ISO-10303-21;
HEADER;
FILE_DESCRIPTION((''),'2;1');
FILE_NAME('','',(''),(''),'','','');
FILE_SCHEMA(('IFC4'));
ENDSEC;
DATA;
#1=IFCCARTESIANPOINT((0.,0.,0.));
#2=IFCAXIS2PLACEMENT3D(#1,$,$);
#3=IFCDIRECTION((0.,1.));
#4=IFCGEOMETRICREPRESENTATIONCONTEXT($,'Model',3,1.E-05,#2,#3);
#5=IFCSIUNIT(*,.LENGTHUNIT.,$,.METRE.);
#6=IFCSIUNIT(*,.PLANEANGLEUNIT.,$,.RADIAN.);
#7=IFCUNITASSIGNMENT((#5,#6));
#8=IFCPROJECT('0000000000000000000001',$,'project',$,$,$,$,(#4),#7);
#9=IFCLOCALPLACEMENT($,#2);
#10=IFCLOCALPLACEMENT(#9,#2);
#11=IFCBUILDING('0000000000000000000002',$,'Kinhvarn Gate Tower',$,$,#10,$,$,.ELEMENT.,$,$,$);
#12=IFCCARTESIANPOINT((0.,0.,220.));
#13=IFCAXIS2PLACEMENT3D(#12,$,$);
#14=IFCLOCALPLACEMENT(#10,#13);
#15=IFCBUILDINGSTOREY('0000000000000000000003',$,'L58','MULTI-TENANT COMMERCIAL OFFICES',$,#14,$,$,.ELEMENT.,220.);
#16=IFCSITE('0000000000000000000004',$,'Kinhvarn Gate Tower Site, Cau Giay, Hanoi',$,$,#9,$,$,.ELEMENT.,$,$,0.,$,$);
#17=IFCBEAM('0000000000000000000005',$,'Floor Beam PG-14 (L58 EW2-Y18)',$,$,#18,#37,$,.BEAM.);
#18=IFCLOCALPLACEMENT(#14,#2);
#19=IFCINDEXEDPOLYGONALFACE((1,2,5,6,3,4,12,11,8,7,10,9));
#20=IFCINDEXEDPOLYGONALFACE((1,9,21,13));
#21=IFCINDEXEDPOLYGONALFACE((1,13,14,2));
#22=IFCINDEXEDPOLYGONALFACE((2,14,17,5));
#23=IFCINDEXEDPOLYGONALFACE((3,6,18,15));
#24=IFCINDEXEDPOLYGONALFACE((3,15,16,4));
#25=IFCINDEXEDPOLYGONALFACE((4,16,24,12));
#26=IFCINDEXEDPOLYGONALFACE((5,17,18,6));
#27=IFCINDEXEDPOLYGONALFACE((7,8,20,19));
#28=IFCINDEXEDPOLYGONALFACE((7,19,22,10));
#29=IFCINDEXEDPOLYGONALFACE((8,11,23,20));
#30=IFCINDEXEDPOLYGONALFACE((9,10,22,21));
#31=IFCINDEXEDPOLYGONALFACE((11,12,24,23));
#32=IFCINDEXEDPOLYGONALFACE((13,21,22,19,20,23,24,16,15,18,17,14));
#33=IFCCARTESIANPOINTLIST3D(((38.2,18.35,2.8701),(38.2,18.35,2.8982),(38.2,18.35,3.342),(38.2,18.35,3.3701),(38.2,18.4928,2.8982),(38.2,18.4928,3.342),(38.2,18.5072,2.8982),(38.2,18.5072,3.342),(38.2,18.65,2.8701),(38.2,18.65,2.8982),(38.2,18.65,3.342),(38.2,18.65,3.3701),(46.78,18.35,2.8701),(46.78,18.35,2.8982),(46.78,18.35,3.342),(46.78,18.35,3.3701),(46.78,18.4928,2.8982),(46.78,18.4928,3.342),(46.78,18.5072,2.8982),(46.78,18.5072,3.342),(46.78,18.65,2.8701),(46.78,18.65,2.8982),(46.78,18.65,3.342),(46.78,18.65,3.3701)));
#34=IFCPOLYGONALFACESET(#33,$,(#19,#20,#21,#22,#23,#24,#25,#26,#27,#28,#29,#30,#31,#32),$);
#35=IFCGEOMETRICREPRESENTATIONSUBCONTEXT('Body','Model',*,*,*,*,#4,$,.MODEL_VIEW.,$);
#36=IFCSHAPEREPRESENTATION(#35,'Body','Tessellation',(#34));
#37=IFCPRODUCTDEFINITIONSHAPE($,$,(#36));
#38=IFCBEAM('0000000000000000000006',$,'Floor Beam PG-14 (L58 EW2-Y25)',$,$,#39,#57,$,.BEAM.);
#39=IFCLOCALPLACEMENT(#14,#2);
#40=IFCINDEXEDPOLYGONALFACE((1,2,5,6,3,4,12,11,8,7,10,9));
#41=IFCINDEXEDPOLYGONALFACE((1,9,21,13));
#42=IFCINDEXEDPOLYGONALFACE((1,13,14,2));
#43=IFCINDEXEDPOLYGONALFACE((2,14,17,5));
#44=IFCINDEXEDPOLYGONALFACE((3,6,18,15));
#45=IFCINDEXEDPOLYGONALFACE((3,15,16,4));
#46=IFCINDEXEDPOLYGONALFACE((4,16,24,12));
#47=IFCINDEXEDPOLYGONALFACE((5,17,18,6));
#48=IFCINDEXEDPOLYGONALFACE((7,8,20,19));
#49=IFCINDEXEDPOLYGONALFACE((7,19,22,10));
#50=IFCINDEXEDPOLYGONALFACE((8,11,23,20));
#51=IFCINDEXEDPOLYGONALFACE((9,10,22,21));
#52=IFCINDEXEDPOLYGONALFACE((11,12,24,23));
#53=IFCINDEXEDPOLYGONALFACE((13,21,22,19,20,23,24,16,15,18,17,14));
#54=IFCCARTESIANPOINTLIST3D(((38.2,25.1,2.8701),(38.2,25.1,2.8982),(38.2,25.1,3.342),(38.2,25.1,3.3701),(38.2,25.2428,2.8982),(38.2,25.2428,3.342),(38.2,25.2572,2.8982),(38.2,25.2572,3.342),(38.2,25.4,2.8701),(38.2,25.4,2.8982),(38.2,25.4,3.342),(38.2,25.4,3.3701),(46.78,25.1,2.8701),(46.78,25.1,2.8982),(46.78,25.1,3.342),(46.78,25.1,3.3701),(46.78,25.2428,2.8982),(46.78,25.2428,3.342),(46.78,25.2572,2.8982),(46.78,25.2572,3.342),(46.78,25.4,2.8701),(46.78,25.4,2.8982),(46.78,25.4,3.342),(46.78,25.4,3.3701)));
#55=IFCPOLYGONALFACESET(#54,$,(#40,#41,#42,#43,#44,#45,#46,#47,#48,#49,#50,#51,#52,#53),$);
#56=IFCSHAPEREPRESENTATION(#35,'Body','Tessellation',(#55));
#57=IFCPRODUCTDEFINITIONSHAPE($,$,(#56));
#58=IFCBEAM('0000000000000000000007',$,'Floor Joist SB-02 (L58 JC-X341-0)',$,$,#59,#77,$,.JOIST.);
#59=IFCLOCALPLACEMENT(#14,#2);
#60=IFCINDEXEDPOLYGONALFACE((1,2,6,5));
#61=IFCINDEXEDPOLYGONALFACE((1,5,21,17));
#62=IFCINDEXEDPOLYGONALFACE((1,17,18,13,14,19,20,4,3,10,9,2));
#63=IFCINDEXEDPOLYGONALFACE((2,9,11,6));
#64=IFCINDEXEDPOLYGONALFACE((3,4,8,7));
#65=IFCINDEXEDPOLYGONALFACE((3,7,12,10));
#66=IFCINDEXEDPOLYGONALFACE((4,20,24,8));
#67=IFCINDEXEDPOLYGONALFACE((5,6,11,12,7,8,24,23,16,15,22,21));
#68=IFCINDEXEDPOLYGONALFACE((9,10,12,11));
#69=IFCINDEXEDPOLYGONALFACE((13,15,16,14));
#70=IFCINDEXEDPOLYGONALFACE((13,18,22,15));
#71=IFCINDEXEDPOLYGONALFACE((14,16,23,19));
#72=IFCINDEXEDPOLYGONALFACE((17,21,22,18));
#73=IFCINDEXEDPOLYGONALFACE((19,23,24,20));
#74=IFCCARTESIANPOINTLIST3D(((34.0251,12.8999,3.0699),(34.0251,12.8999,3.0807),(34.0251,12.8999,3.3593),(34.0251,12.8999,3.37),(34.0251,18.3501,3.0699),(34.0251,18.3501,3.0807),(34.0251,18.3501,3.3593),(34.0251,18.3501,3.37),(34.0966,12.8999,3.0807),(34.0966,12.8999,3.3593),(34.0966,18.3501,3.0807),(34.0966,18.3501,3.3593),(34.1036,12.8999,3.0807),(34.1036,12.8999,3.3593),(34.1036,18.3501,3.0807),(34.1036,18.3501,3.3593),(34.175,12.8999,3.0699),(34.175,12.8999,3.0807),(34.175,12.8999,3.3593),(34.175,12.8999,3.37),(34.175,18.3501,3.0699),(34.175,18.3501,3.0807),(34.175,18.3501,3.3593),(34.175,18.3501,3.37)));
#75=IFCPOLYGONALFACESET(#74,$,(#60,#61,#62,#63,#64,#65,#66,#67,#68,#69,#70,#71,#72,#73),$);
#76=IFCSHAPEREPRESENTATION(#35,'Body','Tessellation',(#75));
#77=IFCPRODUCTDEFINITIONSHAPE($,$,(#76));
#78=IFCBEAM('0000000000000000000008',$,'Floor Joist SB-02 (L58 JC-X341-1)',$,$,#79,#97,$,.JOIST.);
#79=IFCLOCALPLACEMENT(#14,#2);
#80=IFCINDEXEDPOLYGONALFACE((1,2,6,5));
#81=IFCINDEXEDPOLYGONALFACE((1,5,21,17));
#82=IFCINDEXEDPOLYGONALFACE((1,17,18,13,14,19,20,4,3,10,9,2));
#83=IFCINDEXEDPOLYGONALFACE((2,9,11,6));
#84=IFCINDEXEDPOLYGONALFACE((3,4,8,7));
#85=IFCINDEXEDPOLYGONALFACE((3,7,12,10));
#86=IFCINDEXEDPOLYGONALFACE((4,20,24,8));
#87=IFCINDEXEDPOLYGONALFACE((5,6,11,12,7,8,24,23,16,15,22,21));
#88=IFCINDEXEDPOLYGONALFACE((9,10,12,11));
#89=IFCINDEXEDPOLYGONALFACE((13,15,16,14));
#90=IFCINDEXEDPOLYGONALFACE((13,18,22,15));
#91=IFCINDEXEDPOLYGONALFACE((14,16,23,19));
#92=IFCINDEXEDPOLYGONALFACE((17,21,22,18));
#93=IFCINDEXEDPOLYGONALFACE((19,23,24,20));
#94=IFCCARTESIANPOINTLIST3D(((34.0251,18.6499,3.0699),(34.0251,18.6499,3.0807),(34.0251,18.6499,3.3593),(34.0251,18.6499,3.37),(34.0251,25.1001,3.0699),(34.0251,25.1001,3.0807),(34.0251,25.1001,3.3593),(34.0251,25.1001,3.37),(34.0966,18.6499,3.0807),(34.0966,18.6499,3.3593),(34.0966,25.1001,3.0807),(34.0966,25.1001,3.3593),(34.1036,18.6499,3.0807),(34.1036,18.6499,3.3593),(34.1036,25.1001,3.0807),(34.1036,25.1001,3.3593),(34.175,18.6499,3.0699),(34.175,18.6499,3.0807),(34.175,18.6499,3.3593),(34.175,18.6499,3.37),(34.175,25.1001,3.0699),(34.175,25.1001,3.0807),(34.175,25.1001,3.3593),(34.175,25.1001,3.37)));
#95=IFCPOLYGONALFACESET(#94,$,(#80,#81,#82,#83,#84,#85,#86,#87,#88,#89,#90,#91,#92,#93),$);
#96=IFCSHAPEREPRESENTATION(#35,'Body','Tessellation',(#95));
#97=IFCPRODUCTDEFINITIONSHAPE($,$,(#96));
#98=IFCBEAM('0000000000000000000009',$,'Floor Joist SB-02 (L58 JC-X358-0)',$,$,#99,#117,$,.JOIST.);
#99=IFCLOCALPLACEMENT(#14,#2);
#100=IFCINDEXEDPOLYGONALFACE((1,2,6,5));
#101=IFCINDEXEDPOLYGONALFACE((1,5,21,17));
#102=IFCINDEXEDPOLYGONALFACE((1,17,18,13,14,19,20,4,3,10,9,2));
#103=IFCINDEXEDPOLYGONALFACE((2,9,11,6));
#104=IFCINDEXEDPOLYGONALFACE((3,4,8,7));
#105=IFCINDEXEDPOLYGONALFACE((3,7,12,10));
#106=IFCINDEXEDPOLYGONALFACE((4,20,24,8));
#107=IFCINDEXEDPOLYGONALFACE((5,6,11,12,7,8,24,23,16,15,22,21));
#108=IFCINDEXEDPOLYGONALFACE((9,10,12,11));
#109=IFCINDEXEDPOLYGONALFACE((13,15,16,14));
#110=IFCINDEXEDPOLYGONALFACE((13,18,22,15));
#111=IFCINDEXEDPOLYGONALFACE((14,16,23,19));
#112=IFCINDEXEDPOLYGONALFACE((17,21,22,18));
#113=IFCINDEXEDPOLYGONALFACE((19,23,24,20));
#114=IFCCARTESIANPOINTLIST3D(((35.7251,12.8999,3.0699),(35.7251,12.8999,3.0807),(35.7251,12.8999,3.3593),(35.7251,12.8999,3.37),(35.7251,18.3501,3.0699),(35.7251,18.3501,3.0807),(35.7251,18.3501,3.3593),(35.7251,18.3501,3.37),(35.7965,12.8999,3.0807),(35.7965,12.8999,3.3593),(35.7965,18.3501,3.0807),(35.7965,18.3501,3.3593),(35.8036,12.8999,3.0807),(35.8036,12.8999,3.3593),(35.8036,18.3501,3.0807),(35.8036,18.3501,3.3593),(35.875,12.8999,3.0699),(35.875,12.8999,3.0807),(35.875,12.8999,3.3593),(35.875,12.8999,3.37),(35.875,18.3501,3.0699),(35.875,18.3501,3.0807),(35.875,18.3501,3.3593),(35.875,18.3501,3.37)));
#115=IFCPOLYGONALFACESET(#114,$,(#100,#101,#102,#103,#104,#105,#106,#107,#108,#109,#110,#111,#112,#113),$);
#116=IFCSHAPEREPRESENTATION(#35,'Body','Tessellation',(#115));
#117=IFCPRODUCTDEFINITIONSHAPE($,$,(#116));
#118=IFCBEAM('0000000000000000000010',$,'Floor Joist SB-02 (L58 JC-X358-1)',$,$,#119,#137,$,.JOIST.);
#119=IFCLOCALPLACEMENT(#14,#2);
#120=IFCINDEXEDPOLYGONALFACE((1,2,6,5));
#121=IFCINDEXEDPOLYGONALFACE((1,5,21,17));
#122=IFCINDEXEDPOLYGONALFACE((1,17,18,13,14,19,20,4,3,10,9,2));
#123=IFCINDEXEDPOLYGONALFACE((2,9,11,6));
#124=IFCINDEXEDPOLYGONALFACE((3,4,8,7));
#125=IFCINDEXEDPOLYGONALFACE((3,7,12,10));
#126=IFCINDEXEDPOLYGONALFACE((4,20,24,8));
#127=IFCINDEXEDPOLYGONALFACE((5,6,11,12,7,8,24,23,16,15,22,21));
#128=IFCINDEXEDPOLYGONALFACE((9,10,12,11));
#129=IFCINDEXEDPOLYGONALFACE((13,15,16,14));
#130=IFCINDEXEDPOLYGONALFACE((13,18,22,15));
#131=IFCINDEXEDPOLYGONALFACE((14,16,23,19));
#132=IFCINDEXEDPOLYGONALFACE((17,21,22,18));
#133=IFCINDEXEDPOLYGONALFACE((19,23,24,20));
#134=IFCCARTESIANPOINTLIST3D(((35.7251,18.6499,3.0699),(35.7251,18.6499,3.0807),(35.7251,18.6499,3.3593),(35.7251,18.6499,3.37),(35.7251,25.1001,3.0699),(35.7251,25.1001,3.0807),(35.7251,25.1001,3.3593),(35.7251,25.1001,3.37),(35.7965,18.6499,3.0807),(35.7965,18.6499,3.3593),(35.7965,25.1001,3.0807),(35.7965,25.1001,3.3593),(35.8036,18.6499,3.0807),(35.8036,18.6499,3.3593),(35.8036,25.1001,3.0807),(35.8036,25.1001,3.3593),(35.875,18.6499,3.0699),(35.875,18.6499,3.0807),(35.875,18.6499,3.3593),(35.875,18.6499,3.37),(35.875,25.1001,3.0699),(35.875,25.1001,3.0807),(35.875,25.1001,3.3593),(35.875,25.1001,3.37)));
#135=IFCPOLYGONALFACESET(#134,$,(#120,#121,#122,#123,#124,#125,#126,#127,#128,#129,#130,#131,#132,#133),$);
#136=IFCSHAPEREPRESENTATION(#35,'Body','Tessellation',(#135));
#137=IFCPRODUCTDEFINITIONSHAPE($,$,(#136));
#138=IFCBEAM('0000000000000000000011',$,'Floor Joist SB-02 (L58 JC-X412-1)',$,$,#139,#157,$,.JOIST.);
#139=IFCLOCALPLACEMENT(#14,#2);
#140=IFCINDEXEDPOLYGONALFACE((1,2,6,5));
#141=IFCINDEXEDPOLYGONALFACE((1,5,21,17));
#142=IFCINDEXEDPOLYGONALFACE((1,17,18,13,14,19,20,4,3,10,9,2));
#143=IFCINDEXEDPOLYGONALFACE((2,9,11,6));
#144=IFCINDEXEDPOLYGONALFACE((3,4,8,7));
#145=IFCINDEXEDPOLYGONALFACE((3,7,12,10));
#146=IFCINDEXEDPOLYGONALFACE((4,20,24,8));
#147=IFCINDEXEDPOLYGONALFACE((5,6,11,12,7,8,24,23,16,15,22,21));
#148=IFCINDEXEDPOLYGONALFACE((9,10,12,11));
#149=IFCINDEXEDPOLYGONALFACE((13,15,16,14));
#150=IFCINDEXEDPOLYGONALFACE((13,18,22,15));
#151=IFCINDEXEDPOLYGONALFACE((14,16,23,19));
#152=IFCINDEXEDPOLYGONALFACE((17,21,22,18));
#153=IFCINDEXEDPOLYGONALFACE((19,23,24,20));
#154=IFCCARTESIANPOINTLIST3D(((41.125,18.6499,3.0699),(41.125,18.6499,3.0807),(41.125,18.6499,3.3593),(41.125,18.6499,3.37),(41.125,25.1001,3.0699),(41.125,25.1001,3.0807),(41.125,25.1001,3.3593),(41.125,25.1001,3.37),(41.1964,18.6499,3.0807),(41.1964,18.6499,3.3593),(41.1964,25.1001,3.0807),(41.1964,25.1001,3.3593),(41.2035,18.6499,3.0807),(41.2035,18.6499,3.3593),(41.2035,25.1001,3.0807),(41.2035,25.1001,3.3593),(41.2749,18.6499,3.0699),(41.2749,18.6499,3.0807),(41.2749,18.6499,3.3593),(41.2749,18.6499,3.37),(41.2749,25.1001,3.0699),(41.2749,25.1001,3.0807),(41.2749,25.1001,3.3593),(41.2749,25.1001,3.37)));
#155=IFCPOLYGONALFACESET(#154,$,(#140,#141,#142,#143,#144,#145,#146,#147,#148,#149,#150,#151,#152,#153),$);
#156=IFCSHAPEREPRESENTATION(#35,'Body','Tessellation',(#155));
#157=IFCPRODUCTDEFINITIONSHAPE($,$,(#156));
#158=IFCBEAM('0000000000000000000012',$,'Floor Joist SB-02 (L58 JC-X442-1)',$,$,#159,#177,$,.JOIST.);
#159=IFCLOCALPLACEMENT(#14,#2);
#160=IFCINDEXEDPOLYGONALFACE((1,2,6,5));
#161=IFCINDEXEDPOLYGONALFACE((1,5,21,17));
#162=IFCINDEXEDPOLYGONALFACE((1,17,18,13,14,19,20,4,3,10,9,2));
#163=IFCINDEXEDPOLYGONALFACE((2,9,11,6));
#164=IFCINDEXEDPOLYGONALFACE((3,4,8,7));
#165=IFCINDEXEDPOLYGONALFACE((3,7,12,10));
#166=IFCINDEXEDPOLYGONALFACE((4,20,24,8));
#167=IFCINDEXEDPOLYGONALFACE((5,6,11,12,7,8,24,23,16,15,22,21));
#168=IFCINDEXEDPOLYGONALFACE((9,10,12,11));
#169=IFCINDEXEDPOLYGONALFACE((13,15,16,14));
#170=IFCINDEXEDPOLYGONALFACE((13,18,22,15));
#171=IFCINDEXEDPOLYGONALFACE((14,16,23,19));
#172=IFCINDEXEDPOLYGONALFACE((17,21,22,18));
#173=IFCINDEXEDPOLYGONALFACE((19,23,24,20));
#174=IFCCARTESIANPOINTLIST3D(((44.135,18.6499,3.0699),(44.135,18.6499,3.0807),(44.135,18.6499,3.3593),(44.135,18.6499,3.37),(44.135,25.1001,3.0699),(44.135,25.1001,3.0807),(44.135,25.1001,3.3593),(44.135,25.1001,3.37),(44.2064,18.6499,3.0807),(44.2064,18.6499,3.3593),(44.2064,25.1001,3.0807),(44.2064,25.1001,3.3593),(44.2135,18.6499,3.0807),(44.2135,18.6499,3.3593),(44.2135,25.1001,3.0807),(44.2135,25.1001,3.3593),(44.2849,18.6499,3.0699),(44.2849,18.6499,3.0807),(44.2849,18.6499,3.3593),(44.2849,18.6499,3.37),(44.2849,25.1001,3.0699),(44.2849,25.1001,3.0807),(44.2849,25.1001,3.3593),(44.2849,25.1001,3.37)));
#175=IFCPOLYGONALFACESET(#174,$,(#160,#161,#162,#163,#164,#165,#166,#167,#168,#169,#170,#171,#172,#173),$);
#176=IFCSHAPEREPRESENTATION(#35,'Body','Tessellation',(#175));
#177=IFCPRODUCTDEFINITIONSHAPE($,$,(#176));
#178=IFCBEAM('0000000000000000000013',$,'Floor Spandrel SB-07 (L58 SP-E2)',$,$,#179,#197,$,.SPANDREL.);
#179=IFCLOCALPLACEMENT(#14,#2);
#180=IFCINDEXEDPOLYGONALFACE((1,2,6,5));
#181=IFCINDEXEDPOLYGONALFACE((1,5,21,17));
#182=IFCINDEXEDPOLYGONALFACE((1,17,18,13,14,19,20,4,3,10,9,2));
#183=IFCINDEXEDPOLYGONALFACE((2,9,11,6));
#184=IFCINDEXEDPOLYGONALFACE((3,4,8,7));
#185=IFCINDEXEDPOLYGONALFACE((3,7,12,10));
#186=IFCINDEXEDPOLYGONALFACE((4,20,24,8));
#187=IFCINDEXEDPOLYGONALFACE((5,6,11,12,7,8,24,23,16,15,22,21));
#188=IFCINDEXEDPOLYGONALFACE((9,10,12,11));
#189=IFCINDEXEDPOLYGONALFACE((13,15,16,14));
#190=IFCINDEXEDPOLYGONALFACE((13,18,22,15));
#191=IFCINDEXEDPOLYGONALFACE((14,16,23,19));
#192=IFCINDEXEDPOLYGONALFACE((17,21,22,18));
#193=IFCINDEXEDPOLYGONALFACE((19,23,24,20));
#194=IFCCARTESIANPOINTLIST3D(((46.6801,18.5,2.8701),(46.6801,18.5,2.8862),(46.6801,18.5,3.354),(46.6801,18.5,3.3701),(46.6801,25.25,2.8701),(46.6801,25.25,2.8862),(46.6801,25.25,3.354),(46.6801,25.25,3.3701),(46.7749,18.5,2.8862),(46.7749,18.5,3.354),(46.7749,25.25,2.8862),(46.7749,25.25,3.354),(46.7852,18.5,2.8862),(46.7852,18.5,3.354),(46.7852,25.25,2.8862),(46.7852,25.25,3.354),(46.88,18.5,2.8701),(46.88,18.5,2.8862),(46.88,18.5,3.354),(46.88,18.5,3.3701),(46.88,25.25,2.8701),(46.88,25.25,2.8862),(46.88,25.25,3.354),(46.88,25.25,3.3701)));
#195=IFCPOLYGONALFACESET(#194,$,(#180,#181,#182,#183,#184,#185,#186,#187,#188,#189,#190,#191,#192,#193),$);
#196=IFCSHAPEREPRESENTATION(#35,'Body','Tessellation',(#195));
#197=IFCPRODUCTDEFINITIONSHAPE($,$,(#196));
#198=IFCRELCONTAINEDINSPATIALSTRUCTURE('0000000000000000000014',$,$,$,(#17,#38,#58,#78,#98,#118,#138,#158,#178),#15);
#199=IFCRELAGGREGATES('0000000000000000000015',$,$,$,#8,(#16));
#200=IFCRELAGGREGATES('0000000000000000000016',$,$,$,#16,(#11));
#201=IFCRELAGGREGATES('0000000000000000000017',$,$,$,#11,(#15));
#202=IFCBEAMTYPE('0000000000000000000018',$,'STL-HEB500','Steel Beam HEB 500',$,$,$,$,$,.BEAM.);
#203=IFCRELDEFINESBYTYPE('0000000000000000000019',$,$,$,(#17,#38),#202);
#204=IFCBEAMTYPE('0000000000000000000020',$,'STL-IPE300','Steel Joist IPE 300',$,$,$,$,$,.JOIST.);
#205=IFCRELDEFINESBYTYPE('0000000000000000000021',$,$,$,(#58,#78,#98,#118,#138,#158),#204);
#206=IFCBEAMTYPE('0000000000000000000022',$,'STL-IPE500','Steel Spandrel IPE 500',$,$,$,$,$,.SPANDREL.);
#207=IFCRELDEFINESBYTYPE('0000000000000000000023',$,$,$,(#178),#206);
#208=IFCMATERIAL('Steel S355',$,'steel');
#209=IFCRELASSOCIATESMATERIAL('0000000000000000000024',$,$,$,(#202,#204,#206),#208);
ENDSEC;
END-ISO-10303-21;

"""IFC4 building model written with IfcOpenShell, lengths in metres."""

from ifc_helpers import new_model, si_unit, direction, frame, origin, origin_2d, place, context, subcontext, project, spatial, i_section, extrude, material, material_profile, profile_set, type_object, element, save


model = new_model("IFC4")

# Units and contexts
model_context = context("Model", 3, precision=1e-05, world=origin(), true_north=direction((0.0, 1.0)))
body_context = subcontext(model_context, "Body", "Model", "MODEL_VIEW")
ifc_project = project(units=[si_unit("LENGTHUNIT", "METRE"), si_unit("PLANEANGLEUNIT", "RADIAN")], contexts=[model_context])

# Site, building, storey
site_placement = place(None, origin())
site = spatial("IfcSite", under=ifc_project, at=site_placement, Name="Kinhvarn Gate Tower Site, Cau Giay, Hanoi", CompositionType="ELEMENT", RefElevation=0.0)
building_placement = place(site_placement, origin())
building = spatial("IfcBuilding", under=site, at=building_placement, Name="Kinhvarn Gate Tower", CompositionType="ELEMENT")
storey_placement = place(building_placement, frame((0.0, 0.0, 220.0)))
storey = spatial("IfcBuildingStorey", under=building, at=storey_placement, Name="L58", Description="MULTI-TENANT COMMERCIAL OFFICES", CompositionType="ELEMENT", Elevation=220.0)

# Beams
ifc_material_1 = material(Name="Steel S355", Category="steel")
ifc_material_profile_1 = material_profile(ifc_material_1, i_section(OverallWidth=0.3, OverallDepth=0.5, WebThickness=0.0144, FlangeThickness=0.0281, at=origin_2d()), Name="HEB 500")
ifc_profile_set_1 = profile_set([ifc_material_profile_1], Name="Steel S355")
beam_type_1 = type_object("IfcBeamType", Name="STL-HEB500", Description="Steel Beam HEB 500", PredefinedType="BEAM", material=ifc_profile_set_1)
for number, where, z_axis, x_axis, name in (
    (1, (38.2, 18.5, 3.1201), (1.0, 0.0, 0.0), (0.0, 1.0, 0.0), "Floor Beam PG-14 (L58 EW2-Y18)"),
    (2, (38.2, 25.25, 3.1201), (1.0, 0.0, 0.0), (0.0, 1.0, 0.0), "Floor Beam PG-14 (L58 EW2-Y25)"),
):
    element("IfcBeam", number, at=place(storey_placement, frame(where, z_axis=z_axis, x_axis=x_axis)), inside=storey, type_object=beam_type_1, Name=name, PredefinedType="BEAM", context=body_context, shape_type="SweptSolid", body=[
        extrude(i_section(OverallWidth=0.3, OverallDepth=0.5, WebThickness=0.0144, FlangeThickness=0.0281, at=origin_2d()), origin(), (0.0, 0.0, 1.0), 8.5801),
    ])
ifc_material_profile_2 = material_profile(ifc_material_1, i_section(OverallWidth=0.1499, OverallDepth=0.3, WebThickness=0.0071, FlangeThickness=0.0107, at=origin_2d()), Name="IPE 300")
ifc_profile_set_2 = profile_set([ifc_material_profile_2], Name="Steel S355")
beam_type_2 = type_object("IfcBeamType", Name="STL-IPE300", Description="Steel Joist IPE 300", PredefinedType="JOIST", material=ifc_profile_set_2)
beam_1_placement = place(storey_placement, frame((34.1001, 12.8999, 3.22), z_axis=(0.0, 1.0, 0.0), x_axis=(-1.0, 0.0, 0.0)))
element("IfcBeam", 3, at=beam_1_placement, inside=storey, type_object=beam_type_2, Name="Floor Joist SB-02 (L58 JC-X341-0)", PredefinedType="JOIST", context=body_context, shape_type="SweptSolid", body=[
    extrude(i_section(OverallWidth=0.1499, OverallDepth=0.3, WebThickness=0.0071, FlangeThickness=0.0107, at=origin_2d()), origin(), (0.0, 0.0, 1.0), 5.4502),
])
beam_2_placement = place(storey_placement, frame((34.1001, 18.6499, 3.22), z_axis=(0.0, 1.0, 0.0), x_axis=(-1.0, 0.0, 0.0)))
element("IfcBeam", 4, at=beam_2_placement, inside=storey, type_object=beam_type_2, Name="Floor Joist SB-02 (L58 JC-X341-1)", PredefinedType="JOIST", context=body_context, shape_type="SweptSolid", body=[
    extrude(i_section(OverallWidth=0.1499, OverallDepth=0.3, WebThickness=0.0071, FlangeThickness=0.0107, at=origin_2d()), origin(), (0.0, 0.0, 1.0), 6.4502),
])
beam_3_placement = place(storey_placement, frame((35.8, 12.8999, 3.22), z_axis=(0.0, 1.0, 0.0), x_axis=(-1.0, 0.0, 0.0)))
element("IfcBeam", 5, at=beam_3_placement, inside=storey, type_object=beam_type_2, Name="Floor Joist SB-02 (L58 JC-X358-0)", PredefinedType="JOIST", context=body_context, shape_type="SweptSolid", body=[
    extrude(i_section(OverallWidth=0.1499, OverallDepth=0.3, WebThickness=0.0071, FlangeThickness=0.0107, at=origin_2d()), origin(), (0.0, 0.0, 1.0), 5.4502),
])
for number, where, z_axis, x_axis, name in (
    (6, (35.8, 18.6499, 3.22), (0.0, 1.0, 0.0), (-1.0, 0.0, 0.0), "Floor Joist SB-02 (L58 JC-X358-1)"),
    (7, (41.2, 18.6499, 3.22), (0.0, 1.0, 0.0), (-1.0, 0.0, 0.0), "Floor Joist SB-02 (L58 JC-X412-1)"),
    (8, (44.21, 18.6499, 3.22), (0.0, 1.0, 0.0), (-1.0, 0.0, 0.0), "Floor Joist SB-02 (L58 JC-X442-1)"),
):
    element("IfcBeam", number, at=place(storey_placement, frame(where, z_axis=z_axis, x_axis=x_axis)), inside=storey, type_object=beam_type_2, Name=name, PredefinedType="JOIST", context=body_context, shape_type="SweptSolid", body=[
        extrude(i_section(OverallWidth=0.1499, OverallDepth=0.3, WebThickness=0.0071, FlangeThickness=0.0107, at=origin_2d()), origin(), (0.0, 0.0, 1.0), 6.4502),
    ])
ifc_material_profile_3 = material_profile(ifc_material_1, i_section(OverallWidth=0.2, OverallDepth=0.5, WebThickness=0.0103, FlangeThickness=0.0161, at=origin_2d()), Name="IPE 500")
ifc_profile_set_3 = profile_set([ifc_material_profile_3], Name="Steel S355")
beam_type_3 = type_object("IfcBeamType", Name="STL-IPE500", Description="Steel Spandrel IPE 500", PredefinedType="SPANDREL", material=ifc_profile_set_3)
beam_4_placement = place(storey_placement, frame((46.78, 18.5, 3.1201), z_axis=(0.0, 1.0, 0.0), x_axis=(-1.0, 0.0, 0.0)))
element("IfcBeam", 9, at=beam_4_placement, inside=storey, type_object=beam_type_3, Name="Floor Spandrel SB-07 (L58 SP-E2)", PredefinedType="SPANDREL", context=body_context, shape_type="SweptSolid", body=[
    extrude(i_section(OverallWidth=0.2, OverallDepth=0.5, WebThickness=0.0103, FlangeThickness=0.0161, at=origin_2d()), origin(), (0.0, 0.0, 1.0), 6.75),
])

save(model, "model.ifc")
